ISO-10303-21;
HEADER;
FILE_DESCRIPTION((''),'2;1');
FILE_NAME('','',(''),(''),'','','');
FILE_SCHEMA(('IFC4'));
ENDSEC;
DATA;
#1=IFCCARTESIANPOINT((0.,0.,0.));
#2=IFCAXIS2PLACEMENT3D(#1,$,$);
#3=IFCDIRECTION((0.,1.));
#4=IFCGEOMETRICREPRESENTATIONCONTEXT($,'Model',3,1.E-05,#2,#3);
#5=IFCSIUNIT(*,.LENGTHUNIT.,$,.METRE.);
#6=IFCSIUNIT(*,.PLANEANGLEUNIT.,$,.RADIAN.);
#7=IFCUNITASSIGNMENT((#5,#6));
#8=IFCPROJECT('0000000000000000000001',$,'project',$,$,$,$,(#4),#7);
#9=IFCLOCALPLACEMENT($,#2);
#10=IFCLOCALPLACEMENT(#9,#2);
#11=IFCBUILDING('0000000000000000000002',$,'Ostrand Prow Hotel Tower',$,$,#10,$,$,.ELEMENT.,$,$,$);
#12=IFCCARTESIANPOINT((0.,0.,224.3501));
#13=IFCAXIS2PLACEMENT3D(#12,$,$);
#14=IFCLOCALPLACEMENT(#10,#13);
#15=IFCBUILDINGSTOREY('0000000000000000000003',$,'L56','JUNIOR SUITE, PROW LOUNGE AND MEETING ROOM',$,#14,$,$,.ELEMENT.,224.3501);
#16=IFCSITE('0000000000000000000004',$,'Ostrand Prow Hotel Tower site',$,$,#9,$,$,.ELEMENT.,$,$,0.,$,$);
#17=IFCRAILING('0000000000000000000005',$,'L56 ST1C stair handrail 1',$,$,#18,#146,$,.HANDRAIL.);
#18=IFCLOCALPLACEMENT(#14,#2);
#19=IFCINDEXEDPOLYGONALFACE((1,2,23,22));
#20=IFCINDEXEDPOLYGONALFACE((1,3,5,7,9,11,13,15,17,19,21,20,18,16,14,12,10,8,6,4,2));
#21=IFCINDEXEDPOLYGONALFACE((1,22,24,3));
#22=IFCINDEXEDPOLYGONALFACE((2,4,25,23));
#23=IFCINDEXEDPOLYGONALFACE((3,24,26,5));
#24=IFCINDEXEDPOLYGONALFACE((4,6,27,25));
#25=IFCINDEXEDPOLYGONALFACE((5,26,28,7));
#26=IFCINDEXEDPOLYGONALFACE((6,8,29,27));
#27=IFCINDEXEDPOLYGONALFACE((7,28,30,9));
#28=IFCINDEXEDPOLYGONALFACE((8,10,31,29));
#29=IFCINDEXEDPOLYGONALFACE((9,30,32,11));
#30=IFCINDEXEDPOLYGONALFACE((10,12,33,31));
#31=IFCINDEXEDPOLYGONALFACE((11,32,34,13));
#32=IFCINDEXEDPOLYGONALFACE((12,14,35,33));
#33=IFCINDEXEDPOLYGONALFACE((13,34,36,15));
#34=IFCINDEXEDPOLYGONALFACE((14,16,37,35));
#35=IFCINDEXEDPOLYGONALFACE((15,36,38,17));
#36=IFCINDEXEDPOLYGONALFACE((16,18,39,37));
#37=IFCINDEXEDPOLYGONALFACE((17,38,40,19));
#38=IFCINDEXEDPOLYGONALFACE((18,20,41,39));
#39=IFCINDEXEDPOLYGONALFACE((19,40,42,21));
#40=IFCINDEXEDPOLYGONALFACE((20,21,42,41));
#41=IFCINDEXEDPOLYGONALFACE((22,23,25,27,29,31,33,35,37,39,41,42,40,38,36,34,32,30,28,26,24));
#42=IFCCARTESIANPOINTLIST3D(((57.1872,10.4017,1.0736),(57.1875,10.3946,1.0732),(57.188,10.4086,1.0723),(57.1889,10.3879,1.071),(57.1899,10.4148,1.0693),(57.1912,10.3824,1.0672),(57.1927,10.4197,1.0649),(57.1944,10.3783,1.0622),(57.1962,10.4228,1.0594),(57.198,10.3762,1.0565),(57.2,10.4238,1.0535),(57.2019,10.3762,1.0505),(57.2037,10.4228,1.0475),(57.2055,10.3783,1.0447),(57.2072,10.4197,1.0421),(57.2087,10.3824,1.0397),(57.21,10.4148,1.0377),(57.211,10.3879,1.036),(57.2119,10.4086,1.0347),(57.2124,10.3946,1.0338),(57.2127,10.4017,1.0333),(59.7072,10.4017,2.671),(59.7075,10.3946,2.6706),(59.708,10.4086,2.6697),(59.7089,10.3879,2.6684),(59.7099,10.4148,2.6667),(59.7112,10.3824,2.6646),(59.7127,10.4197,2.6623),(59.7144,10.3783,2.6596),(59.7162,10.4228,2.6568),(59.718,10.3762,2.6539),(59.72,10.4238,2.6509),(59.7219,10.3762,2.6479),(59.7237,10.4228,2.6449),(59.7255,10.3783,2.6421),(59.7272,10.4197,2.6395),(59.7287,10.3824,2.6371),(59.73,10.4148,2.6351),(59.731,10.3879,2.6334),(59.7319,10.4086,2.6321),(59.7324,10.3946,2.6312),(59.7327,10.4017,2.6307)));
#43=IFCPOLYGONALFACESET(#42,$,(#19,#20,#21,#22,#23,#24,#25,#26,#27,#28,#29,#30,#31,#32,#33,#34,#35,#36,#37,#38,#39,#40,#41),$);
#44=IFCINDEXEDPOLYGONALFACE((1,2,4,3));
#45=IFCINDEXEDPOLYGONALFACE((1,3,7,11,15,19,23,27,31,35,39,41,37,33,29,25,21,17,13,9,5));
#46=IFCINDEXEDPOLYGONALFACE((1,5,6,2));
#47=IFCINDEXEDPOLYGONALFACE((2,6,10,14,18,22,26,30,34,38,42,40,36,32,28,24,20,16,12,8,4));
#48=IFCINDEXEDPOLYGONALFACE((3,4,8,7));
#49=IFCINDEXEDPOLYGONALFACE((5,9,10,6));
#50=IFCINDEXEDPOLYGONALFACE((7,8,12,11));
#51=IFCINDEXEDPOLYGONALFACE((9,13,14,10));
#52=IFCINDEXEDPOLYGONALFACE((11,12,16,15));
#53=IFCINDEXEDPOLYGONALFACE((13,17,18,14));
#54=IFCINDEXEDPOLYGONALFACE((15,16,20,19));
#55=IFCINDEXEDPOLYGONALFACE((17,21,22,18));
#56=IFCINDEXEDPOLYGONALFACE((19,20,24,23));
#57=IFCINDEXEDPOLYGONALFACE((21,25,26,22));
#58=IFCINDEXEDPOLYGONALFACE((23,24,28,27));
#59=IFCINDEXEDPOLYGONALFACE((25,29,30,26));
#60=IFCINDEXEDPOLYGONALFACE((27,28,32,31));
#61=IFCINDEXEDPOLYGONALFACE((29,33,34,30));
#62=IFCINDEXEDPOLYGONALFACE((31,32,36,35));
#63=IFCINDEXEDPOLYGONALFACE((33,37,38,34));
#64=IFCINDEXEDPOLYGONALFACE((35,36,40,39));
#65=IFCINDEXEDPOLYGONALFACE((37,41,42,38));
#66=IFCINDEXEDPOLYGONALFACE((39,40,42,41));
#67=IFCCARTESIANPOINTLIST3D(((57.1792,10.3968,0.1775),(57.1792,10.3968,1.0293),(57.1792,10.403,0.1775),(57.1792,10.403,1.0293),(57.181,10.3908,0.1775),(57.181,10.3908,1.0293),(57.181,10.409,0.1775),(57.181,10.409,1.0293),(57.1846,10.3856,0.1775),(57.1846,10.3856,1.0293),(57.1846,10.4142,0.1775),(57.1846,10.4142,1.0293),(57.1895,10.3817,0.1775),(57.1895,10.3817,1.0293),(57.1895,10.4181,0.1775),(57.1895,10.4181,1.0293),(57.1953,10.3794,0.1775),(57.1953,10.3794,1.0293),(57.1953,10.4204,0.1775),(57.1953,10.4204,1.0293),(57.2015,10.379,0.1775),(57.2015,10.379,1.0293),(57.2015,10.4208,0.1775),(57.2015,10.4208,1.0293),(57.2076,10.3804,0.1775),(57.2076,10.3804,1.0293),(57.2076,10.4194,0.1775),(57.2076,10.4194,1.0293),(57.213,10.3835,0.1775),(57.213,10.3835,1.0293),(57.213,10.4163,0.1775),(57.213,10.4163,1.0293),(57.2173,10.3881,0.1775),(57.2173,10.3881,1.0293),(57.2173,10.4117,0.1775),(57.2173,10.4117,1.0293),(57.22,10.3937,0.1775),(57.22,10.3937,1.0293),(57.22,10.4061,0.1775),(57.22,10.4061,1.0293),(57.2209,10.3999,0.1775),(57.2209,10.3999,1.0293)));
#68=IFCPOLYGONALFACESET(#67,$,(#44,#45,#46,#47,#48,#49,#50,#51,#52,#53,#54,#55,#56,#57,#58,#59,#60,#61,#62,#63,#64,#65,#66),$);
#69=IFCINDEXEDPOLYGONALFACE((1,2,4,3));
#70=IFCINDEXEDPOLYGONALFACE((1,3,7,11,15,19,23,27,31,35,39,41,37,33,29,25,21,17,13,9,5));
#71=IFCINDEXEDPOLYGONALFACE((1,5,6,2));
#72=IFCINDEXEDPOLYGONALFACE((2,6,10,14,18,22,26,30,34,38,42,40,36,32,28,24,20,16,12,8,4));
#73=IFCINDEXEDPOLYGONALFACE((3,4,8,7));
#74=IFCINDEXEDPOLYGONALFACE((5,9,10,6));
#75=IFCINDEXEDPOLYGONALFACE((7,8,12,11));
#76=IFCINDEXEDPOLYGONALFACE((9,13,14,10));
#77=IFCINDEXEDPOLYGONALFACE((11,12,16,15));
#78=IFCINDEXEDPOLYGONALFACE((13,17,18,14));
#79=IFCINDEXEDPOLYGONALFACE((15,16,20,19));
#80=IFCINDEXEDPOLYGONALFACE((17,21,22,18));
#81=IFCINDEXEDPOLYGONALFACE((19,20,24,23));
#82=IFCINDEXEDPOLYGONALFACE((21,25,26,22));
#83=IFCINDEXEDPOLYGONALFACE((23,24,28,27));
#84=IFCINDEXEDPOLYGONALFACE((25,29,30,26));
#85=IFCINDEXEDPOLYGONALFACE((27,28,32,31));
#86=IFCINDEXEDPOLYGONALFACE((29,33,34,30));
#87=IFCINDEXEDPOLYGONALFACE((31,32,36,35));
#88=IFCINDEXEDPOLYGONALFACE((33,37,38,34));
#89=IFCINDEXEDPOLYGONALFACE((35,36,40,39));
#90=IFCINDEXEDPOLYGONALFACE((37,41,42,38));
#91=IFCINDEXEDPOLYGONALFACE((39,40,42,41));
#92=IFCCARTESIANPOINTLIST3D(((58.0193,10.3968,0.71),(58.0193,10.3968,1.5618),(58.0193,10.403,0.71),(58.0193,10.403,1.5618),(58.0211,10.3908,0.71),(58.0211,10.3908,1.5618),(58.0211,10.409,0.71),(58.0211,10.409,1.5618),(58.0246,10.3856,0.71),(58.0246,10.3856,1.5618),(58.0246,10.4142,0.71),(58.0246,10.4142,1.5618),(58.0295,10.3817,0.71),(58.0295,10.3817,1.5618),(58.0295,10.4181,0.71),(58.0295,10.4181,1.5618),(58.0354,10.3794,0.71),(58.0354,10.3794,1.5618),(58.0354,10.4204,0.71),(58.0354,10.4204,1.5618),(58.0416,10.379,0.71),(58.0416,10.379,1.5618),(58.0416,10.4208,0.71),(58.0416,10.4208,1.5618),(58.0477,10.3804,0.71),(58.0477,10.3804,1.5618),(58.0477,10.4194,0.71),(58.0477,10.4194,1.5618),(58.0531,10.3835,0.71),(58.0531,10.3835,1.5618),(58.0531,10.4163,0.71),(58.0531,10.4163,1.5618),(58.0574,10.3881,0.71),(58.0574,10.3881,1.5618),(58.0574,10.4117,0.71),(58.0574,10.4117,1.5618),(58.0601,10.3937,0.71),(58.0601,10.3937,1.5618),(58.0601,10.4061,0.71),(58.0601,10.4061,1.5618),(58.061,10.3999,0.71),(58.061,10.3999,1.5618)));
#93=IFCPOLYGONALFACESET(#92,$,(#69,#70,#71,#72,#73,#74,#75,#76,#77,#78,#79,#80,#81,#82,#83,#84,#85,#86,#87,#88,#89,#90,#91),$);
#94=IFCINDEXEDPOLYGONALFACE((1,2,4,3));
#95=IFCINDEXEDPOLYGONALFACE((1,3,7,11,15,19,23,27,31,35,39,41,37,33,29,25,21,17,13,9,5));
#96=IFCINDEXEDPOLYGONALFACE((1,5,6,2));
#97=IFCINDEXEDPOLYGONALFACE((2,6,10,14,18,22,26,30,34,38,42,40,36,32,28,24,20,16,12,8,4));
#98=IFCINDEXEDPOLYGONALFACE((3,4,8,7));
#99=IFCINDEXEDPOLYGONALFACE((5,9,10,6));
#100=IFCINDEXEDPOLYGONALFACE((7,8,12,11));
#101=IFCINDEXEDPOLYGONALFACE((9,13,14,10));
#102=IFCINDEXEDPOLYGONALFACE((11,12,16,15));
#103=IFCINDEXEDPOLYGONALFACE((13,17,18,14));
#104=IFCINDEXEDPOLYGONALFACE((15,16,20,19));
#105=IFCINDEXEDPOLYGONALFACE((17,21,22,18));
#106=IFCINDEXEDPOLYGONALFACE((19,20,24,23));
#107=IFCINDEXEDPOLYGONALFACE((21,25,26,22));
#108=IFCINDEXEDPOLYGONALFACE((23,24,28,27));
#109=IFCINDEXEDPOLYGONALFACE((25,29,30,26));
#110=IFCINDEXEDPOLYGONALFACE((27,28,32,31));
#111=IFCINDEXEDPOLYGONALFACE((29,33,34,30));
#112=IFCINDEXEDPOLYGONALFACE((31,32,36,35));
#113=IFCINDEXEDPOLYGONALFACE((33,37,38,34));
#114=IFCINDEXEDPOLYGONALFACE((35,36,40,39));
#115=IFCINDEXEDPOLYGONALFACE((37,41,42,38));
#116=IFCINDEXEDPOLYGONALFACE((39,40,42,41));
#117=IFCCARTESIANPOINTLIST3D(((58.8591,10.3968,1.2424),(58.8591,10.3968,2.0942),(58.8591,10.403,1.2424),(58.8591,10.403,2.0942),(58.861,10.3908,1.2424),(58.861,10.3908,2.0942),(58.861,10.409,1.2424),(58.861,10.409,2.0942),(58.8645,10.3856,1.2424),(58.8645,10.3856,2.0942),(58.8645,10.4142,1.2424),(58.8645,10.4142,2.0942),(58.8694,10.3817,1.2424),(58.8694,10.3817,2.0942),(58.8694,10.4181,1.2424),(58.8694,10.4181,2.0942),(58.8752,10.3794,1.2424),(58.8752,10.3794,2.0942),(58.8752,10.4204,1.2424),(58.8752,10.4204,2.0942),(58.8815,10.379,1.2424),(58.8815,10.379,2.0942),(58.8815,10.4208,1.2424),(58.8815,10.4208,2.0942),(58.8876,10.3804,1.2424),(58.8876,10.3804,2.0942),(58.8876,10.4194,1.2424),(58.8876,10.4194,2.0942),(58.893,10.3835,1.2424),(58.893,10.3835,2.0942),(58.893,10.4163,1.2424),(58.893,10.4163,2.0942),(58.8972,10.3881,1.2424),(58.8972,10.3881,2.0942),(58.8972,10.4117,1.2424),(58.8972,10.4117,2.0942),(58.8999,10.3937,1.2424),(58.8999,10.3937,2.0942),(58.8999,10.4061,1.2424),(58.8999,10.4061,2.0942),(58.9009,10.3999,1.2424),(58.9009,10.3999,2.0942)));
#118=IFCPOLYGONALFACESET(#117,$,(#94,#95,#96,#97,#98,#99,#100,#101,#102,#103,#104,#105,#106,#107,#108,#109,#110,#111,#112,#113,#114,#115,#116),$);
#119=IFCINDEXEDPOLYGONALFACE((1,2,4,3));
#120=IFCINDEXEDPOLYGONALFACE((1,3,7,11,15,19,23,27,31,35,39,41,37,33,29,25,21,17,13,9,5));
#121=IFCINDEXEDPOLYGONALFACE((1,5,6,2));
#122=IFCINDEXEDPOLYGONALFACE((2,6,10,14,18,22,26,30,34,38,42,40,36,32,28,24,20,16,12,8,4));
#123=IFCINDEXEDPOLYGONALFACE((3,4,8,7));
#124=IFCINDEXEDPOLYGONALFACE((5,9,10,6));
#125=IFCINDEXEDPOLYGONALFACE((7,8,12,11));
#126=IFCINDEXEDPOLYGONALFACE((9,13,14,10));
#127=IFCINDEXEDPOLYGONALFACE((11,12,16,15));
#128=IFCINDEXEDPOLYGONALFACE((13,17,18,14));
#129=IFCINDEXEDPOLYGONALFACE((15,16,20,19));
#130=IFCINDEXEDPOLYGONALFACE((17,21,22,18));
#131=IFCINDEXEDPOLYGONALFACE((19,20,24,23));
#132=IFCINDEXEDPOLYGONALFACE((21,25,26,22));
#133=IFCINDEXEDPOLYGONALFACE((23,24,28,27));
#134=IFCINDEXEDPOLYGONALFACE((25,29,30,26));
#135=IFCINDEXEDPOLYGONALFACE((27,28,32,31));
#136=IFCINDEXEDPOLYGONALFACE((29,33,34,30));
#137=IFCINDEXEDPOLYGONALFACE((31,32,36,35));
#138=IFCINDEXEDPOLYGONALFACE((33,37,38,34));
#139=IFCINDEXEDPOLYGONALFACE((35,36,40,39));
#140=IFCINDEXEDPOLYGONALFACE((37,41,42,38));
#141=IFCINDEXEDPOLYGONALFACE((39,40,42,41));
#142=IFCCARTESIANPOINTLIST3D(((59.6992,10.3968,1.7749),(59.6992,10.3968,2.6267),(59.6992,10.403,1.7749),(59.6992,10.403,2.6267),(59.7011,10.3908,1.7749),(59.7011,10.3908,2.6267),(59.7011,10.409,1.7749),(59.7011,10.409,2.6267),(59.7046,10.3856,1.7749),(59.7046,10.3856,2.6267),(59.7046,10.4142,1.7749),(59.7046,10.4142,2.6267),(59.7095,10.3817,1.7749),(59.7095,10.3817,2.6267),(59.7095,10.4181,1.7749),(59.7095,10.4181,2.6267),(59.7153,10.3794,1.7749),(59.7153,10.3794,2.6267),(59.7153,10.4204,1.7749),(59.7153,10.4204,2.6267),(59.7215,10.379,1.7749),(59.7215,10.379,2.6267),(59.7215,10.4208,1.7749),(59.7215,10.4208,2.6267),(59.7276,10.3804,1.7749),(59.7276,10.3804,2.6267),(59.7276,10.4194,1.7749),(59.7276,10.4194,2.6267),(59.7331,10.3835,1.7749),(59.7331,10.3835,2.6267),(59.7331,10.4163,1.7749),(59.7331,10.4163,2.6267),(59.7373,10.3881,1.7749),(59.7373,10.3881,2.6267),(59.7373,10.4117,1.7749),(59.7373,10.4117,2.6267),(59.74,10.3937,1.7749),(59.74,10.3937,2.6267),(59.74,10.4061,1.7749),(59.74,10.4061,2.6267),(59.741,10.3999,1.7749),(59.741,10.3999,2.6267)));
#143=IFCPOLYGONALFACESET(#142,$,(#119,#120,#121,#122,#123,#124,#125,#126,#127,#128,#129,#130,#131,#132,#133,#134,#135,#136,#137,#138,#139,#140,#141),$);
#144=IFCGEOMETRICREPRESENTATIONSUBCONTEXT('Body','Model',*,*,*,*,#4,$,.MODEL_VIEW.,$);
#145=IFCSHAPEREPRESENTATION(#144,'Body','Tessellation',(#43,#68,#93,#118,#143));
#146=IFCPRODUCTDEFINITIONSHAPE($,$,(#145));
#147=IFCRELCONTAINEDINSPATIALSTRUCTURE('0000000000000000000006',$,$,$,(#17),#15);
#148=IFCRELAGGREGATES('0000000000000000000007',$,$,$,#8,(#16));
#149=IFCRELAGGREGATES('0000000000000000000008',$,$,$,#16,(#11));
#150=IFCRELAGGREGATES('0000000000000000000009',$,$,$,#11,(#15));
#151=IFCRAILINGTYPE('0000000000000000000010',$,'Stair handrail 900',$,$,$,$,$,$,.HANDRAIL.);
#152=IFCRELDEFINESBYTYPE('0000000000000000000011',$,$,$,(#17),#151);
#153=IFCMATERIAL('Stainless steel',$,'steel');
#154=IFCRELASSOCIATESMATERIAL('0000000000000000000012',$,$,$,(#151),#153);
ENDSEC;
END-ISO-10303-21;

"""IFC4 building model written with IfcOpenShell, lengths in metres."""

from ifc_helpers import new_model, si_unit, direction, frame, origin, origin_2d, place, context, subcontext, project, spatial, circle, extrude, material, type_object, element, save


model = new_model("IFC4")

# Units and contexts
model_context = context("Model", 3, precision=1e-05, world=origin(), true_north=direction((0.0, 1.0)))
body_context = subcontext(model_context, "Body", "Model", "MODEL_VIEW")
ifc_project = project(units=[si_unit("LENGTHUNIT", "METRE"), si_unit("PLANEANGLEUNIT", "RADIAN")], contexts=[model_context])

# Site, building, storey
site_placement = place(None, origin())
site = spatial("IfcSite", under=ifc_project, at=site_placement, Name="Ostrand Prow Hotel Tower site", CompositionType="ELEMENT", RefElevation=0.0)
building_placement = place(site_placement, origin())
building = spatial("IfcBuilding", under=site, at=building_placement, Name="Ostrand Prow Hotel Tower", CompositionType="ELEMENT")
storey_placement = place(building_placement, frame((0.0, 0.0, 224.3501)))
storey = spatial("IfcBuildingStorey", under=building, at=storey_placement, Name="L56", Description="JUNIOR SUITE, PROW LOUNGE AND MEETING ROOM", CompositionType="ELEMENT", Elevation=224.3501)

# Railing
ifc_material_1 = material(Name="Stainless steel", Category="steel")
railing_type_1 = type_object("IfcRailingType", Name="Stair handrail 900", PredefinedType="HANDRAIL", material=ifc_material_1)
railing_1_placement = place(storey_placement, frame((57.2, 10.3999, 0.1775)))
element("IfcRailing", 1, at=railing_1_placement, inside=storey, type_object=railing_type_1, Name="L56 ST1C stair handrail 1", PredefinedType="HANDRAIL", context=body_context, shape_type="SweptSolid", body=[
    extrude(circle(Radius=0.0239, at=origin_2d()), frame((0.0, 0.0, 0.876), z_axis=(0.844607, 0.0, 0.535387), x_axis=(0.0, 1.0, 0.0)), (0.0, 0.0, 1.0), 2.9836),
    extrude(circle(Radius=0.021, at=origin_2d()), origin(), (0.0, 0.0, 1.0), 0.8518),
    extrude(circle(Radius=0.021, at=origin_2d()), frame((0.8401, 0.0, 0.5325)), (0.0, 0.0, 1.0), 0.8518),
    extrude(circle(Radius=0.021, at=origin_2d()), frame((1.6799, 0.0, 1.0649)), (0.0, 0.0, 1.0), 0.8518),
    extrude(circle(Radius=0.021, at=origin_2d()), frame((2.52, 0.0, 1.5974)), (0.0, 0.0, 1.0), 0.8518),
])

save(model, "model.ifc")
